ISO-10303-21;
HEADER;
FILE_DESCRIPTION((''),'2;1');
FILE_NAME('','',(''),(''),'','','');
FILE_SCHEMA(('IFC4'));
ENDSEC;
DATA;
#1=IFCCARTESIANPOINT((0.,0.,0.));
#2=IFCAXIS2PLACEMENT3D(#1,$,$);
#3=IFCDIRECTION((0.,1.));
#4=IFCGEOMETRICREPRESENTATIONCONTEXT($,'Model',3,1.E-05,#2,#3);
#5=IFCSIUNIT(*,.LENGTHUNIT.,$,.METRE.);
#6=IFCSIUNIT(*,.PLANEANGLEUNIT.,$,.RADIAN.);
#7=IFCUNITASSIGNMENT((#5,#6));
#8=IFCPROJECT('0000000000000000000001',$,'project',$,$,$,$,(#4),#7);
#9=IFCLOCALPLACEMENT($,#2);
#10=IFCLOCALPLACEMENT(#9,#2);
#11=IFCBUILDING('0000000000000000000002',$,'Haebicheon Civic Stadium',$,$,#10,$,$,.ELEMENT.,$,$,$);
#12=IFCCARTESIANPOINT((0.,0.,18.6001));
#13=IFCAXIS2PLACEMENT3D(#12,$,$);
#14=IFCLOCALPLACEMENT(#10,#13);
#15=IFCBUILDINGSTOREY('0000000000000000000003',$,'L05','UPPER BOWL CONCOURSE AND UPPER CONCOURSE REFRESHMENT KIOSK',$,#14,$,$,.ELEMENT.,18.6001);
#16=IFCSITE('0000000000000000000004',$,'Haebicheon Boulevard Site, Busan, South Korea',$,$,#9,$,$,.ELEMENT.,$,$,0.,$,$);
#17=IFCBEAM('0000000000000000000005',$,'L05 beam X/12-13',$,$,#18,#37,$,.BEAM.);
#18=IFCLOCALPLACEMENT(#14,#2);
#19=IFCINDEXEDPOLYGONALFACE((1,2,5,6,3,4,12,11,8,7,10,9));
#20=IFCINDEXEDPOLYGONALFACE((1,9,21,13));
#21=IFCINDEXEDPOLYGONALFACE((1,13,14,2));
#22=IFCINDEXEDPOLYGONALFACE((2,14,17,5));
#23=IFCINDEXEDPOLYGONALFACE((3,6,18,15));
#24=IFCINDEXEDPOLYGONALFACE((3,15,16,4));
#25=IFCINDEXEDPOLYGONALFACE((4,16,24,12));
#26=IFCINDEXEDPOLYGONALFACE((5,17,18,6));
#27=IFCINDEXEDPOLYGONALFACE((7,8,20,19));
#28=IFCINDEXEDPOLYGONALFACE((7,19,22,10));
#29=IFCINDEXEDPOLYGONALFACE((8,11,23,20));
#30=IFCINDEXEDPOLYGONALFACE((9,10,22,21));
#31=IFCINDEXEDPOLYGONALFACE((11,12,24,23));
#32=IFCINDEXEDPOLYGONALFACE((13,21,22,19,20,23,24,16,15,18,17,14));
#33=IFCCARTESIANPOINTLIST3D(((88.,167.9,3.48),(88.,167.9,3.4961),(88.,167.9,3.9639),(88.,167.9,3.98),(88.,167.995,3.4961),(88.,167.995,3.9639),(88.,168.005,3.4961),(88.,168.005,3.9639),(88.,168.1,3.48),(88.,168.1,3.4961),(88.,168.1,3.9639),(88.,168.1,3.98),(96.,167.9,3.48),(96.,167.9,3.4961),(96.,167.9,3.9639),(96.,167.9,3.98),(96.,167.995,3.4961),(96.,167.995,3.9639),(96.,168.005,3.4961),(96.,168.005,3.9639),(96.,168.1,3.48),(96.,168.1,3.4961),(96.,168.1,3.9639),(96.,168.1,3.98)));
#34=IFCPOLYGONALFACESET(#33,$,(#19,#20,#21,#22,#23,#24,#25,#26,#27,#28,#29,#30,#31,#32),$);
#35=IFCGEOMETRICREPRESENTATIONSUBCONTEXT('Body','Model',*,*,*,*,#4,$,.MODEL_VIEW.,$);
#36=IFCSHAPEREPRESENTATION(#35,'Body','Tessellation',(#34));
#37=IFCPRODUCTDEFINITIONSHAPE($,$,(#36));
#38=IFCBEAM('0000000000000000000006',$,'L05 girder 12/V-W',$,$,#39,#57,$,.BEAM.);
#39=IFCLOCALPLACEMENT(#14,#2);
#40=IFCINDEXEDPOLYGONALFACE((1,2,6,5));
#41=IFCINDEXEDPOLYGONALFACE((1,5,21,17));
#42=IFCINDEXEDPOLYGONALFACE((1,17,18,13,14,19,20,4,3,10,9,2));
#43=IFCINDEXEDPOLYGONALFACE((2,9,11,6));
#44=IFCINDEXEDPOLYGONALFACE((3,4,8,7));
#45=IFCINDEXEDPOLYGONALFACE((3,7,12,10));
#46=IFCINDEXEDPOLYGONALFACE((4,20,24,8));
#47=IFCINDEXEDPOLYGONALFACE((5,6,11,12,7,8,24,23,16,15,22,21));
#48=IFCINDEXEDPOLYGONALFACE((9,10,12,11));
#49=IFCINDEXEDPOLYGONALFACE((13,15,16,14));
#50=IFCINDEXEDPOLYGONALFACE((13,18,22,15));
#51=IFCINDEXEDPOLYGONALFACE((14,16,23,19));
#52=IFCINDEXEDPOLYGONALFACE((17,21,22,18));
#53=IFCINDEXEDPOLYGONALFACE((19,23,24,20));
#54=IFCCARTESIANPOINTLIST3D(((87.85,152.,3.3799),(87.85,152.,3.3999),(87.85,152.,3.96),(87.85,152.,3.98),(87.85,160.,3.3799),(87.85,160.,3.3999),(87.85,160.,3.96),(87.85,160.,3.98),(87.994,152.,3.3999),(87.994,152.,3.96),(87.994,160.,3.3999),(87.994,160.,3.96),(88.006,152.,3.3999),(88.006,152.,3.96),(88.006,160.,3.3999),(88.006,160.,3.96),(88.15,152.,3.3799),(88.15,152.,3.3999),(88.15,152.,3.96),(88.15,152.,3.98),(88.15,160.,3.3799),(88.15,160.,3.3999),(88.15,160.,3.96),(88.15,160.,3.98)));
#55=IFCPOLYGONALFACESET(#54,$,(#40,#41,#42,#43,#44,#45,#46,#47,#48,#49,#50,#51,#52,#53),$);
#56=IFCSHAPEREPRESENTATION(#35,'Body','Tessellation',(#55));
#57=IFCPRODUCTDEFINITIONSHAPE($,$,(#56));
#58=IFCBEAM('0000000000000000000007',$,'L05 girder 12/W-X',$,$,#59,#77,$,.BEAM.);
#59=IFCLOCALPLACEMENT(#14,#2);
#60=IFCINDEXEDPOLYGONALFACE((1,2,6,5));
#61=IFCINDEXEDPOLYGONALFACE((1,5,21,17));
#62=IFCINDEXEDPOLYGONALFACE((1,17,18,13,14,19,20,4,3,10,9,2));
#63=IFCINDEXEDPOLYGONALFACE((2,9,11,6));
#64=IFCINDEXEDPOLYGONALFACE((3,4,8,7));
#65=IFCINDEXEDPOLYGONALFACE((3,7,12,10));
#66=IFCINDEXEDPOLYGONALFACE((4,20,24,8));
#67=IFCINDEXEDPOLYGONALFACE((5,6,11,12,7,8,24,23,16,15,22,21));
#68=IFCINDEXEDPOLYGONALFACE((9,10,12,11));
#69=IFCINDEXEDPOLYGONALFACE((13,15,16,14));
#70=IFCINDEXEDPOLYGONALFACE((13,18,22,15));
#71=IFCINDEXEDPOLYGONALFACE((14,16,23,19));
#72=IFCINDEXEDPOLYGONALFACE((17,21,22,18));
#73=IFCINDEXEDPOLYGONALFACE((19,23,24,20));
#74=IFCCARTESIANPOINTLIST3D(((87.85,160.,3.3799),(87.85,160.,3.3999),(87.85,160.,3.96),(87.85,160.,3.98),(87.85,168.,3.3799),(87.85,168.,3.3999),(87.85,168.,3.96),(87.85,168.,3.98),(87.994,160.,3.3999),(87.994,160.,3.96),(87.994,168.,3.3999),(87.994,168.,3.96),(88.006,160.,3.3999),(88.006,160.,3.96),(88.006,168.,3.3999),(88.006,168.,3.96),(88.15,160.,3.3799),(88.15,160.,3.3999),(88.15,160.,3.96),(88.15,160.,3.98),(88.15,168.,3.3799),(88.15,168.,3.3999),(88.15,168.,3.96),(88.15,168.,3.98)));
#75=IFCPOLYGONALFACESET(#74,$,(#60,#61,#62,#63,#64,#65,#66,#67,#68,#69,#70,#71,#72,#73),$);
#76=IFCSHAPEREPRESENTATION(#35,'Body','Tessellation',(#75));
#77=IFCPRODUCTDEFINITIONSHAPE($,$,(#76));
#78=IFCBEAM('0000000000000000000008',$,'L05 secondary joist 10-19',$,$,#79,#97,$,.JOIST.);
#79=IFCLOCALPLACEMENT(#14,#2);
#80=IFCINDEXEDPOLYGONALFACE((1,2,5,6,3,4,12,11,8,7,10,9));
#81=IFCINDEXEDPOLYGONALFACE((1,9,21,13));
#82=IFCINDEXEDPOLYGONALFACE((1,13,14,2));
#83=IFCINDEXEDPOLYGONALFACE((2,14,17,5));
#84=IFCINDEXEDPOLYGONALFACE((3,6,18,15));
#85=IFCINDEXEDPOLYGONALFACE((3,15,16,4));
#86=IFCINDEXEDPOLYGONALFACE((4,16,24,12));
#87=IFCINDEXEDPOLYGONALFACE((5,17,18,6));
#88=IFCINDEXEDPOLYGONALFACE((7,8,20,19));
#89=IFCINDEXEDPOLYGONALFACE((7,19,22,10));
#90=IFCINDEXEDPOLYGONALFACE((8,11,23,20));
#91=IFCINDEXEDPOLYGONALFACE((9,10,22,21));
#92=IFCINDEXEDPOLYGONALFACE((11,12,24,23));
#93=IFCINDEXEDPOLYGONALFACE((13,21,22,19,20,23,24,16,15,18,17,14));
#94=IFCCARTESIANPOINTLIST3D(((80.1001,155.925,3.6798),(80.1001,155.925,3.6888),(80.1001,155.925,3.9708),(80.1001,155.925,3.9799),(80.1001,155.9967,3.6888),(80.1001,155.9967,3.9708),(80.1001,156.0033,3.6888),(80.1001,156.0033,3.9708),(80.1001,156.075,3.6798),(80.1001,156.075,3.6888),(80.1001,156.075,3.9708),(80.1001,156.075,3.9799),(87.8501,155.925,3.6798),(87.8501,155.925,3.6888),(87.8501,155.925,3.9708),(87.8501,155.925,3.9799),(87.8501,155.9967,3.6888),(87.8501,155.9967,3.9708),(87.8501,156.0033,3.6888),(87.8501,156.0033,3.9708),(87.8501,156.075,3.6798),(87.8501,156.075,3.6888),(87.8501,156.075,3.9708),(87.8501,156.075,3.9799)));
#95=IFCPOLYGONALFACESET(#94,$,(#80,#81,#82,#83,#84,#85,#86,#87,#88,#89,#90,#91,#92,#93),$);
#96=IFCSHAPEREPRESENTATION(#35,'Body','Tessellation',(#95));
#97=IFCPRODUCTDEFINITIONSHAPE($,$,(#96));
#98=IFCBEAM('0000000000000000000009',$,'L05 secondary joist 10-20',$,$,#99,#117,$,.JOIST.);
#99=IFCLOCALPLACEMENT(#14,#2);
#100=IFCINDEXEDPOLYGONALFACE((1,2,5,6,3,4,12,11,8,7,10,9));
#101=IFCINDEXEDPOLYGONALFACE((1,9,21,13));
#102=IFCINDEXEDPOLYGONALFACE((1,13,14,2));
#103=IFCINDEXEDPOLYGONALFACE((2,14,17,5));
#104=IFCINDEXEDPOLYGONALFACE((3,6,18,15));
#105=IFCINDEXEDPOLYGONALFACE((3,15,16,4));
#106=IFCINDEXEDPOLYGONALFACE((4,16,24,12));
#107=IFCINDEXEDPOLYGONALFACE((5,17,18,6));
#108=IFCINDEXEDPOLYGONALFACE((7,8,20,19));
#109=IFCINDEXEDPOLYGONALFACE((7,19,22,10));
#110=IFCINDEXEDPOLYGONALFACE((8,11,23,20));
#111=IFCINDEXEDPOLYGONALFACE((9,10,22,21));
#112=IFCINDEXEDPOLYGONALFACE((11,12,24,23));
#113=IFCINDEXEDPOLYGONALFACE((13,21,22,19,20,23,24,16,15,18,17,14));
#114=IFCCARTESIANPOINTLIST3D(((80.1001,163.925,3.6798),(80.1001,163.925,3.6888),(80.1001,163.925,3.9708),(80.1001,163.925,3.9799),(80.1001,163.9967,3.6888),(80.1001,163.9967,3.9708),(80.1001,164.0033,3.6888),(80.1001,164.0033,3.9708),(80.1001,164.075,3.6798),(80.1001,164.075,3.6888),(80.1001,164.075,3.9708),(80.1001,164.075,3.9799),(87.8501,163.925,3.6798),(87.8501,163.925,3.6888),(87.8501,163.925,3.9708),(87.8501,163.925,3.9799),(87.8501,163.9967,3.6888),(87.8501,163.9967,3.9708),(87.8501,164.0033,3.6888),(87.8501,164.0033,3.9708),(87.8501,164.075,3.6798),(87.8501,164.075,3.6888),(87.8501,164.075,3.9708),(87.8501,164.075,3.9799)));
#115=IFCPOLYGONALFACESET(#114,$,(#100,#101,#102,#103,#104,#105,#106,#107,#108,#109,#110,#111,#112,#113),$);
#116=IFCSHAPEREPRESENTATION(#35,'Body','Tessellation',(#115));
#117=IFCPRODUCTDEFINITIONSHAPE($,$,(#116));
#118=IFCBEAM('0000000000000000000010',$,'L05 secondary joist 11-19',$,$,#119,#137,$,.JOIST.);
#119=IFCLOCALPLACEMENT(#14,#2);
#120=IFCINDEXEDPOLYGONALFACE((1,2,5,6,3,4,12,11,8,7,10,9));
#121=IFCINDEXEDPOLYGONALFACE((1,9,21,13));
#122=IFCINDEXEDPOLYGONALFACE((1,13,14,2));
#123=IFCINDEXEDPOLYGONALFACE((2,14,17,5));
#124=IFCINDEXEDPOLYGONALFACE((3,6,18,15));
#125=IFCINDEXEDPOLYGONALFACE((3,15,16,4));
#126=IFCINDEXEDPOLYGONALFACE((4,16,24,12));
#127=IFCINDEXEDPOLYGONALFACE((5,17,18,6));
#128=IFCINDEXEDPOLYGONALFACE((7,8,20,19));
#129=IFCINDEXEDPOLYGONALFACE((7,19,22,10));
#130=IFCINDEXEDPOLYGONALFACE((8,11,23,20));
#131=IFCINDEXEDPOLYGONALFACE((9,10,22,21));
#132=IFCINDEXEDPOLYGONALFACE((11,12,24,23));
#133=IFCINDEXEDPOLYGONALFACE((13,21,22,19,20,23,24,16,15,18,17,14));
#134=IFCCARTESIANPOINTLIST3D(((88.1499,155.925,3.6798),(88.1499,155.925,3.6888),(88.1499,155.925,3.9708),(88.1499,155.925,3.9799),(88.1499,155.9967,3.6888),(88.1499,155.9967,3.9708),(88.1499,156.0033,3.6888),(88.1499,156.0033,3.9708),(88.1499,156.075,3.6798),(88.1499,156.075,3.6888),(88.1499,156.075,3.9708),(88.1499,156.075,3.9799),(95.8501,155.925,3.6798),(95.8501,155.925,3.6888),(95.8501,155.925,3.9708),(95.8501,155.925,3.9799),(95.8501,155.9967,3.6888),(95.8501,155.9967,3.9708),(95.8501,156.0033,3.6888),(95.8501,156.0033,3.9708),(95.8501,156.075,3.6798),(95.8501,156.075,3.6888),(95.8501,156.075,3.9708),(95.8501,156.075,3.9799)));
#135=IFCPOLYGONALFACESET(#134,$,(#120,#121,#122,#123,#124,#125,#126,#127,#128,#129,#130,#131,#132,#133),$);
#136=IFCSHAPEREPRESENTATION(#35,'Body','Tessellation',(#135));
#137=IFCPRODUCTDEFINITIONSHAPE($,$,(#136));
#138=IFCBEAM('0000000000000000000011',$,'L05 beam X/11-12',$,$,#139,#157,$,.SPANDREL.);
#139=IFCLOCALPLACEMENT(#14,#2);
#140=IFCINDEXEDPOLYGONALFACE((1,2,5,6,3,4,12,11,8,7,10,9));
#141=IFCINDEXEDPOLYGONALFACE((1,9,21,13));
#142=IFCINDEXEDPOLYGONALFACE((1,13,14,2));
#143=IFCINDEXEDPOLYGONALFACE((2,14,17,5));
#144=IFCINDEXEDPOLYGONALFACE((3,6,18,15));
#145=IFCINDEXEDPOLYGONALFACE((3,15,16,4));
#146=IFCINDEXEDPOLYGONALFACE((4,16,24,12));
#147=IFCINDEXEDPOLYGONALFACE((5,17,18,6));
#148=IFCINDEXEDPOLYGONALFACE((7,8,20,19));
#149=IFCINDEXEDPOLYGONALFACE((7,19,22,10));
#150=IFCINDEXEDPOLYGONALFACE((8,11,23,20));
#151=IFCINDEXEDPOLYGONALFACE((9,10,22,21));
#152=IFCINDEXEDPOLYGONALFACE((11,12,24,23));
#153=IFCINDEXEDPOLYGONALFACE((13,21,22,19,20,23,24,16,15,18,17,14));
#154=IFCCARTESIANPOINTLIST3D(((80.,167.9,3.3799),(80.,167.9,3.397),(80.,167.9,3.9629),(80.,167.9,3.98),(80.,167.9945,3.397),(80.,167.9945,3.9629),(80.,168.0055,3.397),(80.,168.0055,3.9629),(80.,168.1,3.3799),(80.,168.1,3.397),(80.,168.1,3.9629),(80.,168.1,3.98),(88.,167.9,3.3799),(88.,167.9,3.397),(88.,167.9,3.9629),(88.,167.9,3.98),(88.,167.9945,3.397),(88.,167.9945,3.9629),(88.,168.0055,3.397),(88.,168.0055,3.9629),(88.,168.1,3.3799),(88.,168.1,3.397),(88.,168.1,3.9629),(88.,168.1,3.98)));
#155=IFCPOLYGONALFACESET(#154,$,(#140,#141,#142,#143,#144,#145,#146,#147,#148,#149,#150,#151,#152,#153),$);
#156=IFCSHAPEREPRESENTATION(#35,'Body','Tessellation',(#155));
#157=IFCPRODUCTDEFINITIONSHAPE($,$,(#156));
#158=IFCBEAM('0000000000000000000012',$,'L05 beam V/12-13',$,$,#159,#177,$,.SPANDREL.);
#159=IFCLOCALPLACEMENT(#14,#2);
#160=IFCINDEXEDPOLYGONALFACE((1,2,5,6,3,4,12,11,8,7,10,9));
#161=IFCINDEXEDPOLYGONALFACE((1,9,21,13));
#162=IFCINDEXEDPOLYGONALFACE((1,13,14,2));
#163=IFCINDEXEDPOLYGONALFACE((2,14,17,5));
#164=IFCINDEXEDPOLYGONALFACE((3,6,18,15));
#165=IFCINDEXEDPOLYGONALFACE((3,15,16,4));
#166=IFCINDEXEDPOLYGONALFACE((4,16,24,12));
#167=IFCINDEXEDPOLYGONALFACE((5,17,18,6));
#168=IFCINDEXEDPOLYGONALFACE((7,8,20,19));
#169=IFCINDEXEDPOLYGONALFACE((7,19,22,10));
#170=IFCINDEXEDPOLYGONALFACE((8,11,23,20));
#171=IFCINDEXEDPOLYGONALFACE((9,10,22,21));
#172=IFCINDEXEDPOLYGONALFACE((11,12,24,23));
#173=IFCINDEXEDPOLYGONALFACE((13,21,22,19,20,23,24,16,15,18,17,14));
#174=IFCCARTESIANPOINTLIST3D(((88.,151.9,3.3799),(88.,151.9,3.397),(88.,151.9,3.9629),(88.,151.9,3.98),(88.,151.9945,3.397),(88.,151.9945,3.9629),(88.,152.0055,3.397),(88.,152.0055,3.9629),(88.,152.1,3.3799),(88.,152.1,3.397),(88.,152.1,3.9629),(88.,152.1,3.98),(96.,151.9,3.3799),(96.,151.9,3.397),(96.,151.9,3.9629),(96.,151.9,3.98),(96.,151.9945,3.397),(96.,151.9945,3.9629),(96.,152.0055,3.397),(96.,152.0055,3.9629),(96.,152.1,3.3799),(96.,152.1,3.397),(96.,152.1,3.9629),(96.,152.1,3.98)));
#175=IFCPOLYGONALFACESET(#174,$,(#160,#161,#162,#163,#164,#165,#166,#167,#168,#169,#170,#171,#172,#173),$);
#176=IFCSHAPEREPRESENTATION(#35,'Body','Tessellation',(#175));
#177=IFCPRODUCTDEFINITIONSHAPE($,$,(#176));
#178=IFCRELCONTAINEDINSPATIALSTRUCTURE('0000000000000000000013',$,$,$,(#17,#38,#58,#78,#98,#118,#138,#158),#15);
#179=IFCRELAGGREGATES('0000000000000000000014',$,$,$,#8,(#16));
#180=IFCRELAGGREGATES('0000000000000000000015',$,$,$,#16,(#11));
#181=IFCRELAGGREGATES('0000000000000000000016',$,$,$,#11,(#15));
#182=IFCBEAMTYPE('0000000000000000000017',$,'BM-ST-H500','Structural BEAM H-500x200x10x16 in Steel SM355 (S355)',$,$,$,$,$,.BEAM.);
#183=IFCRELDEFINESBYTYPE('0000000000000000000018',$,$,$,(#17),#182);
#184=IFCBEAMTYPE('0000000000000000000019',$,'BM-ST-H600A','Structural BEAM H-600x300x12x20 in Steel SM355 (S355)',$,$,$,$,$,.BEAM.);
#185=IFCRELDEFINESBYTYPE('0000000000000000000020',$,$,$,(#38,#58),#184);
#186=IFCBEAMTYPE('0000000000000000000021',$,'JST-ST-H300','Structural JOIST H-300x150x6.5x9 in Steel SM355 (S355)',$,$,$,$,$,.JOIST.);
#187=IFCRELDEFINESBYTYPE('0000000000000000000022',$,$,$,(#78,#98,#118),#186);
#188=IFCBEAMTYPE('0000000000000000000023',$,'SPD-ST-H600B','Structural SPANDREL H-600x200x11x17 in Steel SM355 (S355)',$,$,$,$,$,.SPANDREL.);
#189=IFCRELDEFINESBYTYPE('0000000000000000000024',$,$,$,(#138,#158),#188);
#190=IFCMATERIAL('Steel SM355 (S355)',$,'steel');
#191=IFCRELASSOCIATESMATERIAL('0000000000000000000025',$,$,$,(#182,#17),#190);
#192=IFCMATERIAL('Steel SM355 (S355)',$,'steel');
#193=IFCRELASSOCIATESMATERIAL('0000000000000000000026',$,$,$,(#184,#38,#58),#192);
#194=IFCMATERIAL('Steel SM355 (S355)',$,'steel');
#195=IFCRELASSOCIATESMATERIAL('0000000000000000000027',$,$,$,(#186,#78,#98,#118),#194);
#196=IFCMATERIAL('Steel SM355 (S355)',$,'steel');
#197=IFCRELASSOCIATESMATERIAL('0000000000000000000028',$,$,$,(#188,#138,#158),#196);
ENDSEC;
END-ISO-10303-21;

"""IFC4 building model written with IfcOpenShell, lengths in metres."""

from ifc_helpers import new_model, si_unit, direction, frame, origin, origin_2d, place, context, subcontext, project, spatial, i_section, extrude, material, material_profile, profile_set, type_object, element, save


model = new_model("IFC4")

# Units and contexts
model_context = context("Model", 3, precision=1e-05, world=origin(), true_north=direction((0.0, 1.0)))
body_context = subcontext(model_context, "Body", "Model", "MODEL_VIEW")
ifc_project = project(units=[si_unit("LENGTHUNIT", "METRE"), si_unit("PLANEANGLEUNIT", "RADIAN")], contexts=[model_context])

# Site, building, storey
site_placement = place(None, origin())
site = spatial("IfcSite", under=ifc_project, at=site_placement, Name="Haebicheon Boulevard Site, Busan, South Korea", CompositionType="ELEMENT", RefElevation=0.0)
building_placement = place(site_placement, origin())
building = spatial("IfcBuilding", under=site, at=building_placement, Name="Haebicheon Civic Stadium", CompositionType="ELEMENT")
storey_placement = place(building_placement, frame((0.0, 0.0, 18.6001)))
storey = spatial("IfcBuildingStorey", under=building, at=storey_placement, Name="L05", Description="UPPER BOWL CONCOURSE AND UPPER CONCOURSE REFRESHMENT KIOSK", CompositionType="ELEMENT", Elevation=18.6001)

# Beams
ifc_material_1 = material(Name="Steel SM355 (S355)", Category="steel")
ifc_material_profile_1 = material_profile(ifc_material_1, i_section(OverallWidth=0.2, OverallDepth=0.5, WebThickness=0.01, FlangeThickness=0.0161, at=origin_2d()), Name="H-500x200x10x16")
ifc_profile_set_1 = profile_set([ifc_material_profile_1], Name="Steel SM355 (S355)")
beam_type_1 = type_object("IfcBeamType", Name="BM-ST-H500", Description="Structural BEAM H-500x200x10x16 in Steel SM355 (S355)", PredefinedType="BEAM", material=ifc_profile_set_1)
for number, where, z_axis, x_axis, name in (
    (1, (88.0, 168.0, 3.73), (1.0, 0.0, 0.0), (0.0, 1.0, 0.0), "L05 beam X/12-13"),
):
    element("IfcBeam", number, at=place(storey_placement, frame(where, z_axis=z_axis, x_axis=x_axis)), inside=storey, type_object=beam_type_1, material=ifc_profile_set_1, Name=name, PredefinedType="BEAM", context=body_context, shape_type="SweptSolid", body=[
        extrude(i_section(OverallWidth=0.2, OverallDepth=0.5, WebThickness=0.01, FlangeThickness=0.0161, at=origin_2d()), origin(), (0.0, 0.0, 1.0), 8.0),
    ])
ifc_material_2 = material(Name="Steel SM355 (S355)", Category="steel")
ifc_material_profile_2 = material_profile(ifc_material_2, i_section(OverallWidth=0.3, OverallDepth=0.6001, WebThickness=0.012, FlangeThickness=0.02, at=origin_2d()), Name="H-600x300x12x20")
ifc_profile_set_2 = profile_set([ifc_material_profile_2], Name="Steel SM355 (S355)")
beam_type_2 = type_object("IfcBeamType", Name="BM-ST-H600A", Description="Structural BEAM H-600x300x12x20 in Steel SM355 (S355)", PredefinedType="BEAM", material=ifc_profile_set_2)
for number, where, z_axis, x_axis, name in (
    (2, (88.0, 152.0, 3.6799), (0.0, 1.0, 0.0), (-1.0, 0.0, 0.0), "L05 girder 12/V-W"),
    (3, (88.0, 160.0, 3.6799), (0.0, 1.0, 0.0), (-1.0, 0.0, 0.0), "L05 girder 12/W-X"),
):
    element("IfcBeam", number, at=place(storey_placement, frame(where, z_axis=z_axis, x_axis=x_axis)), inside=storey, type_object=beam_type_2, material=ifc_profile_set_2, Name=name, PredefinedType="BEAM", context=body_context, shape_type="SweptSolid", body=[
        extrude(i_section(OverallWidth=0.3, OverallDepth=0.6001, WebThickness=0.012, FlangeThickness=0.02, at=origin_2d()), origin(), (0.0, 0.0, 1.0), 8.0),
    ])
ifc_material_3 = material(Name="Steel SM355 (S355)", Category="steel")
ifc_material_profile_3 = material_profile(ifc_material_3, i_section(OverallWidth=0.1499, OverallDepth=0.3, WebThickness=0.0066, FlangeThickness=0.009, at=origin_2d()), Name="H-300x150x6.5x9")
ifc_profile_set_3 = profile_set([ifc_material_profile_3], Name="Steel SM355 (S355)")
beam_type_3 = type_object("IfcBeamType", Name="JST-ST-H300", Description="Structural JOIST H-300x150x6.5x9 in Steel SM355 (S355)", PredefinedType="JOIST", material=ifc_profile_set_3)
for number, where, z_axis, x_axis, name in (
    (4, (80.1001, 156.0, 3.8298), (1.0, 0.0, 0.0), (0.0, 1.0, 0.0), "L05 secondary joist 10-19"),
    (5, (80.1001, 164.0, 3.8298), (1.0, 0.0, 0.0), (0.0, 1.0, 0.0), "L05 secondary joist 10-20"),
):
    element("IfcBeam", number, at=place(storey_placement, frame(where, z_axis=z_axis, x_axis=x_axis)), inside=storey, type_object=beam_type_3, material=ifc_profile_set_3, Name=name, PredefinedType="JOIST", context=body_context, shape_type="SweptSolid", body=[
        extrude(i_section(OverallWidth=0.1499, OverallDepth=0.3, WebThickness=0.0066, FlangeThickness=0.009, at=origin_2d()), origin(), (0.0, 0.0, 1.0), 7.75),
    ])
beam_placement = place(storey_placement, frame((88.1499, 156.0, 3.8298), z_axis=(1.0, 0.0, 0.0), x_axis=(0.0, 1.0, 0.0)))
element("IfcBeam", 6, at=beam_placement, inside=storey, type_object=beam_type_3, material=ifc_profile_set_3, Name="L05 secondary joist 11-19", PredefinedType="JOIST", context=body_context, shape_type="SweptSolid", body=[
    extrude(i_section(OverallWidth=0.1499, OverallDepth=0.3, WebThickness=0.0066, FlangeThickness=0.009, at=origin_2d()), origin(), (0.0, 0.0, 1.0), 7.7002),
])
ifc_material_4 = material(Name="Steel SM355 (S355)", Category="steel")
ifc_material_profile_4 = material_profile(ifc_material_4, i_section(OverallWidth=0.2, OverallDepth=0.6001, WebThickness=0.011, FlangeThickness=0.0171, at=origin_2d()), Name="H-600x200x11x17")
ifc_profile_set_4 = profile_set([ifc_material_profile_4], Name="Steel SM355 (S355)")
beam_type_4 = type_object("IfcBeamType", Name="SPD-ST-H600B", Description="Structural SPANDREL H-600x200x11x17 in Steel SM355 (S355)", PredefinedType="SPANDREL", material=ifc_profile_set_4)
for number, where, z_axis, x_axis, name in (
    (7, (80.0, 168.0, 3.6799), (1.0, 0.0, 0.0), (0.0, 1.0, 0.0), "L05 beam X/11-12"),
    (8, (88.0, 152.0, 3.6799), (1.0, 0.0, 0.0), (0.0, 1.0, 0.0), "L05 beam V/12-13"),
):
    element("IfcBeam", number, at=place(storey_placement, frame(where, z_axis=z_axis, x_axis=x_axis)), inside=storey, type_object=beam_type_4, material=ifc_profile_set_4, Name=name, PredefinedType="SPANDREL", context=body_context, shape_type="SweptSolid", body=[
        extrude(i_section(OverallWidth=0.2, OverallDepth=0.6001, WebThickness=0.011, FlangeThickness=0.0171, at=origin_2d()), origin(), (0.0, 0.0, 1.0), 8.0),
    ])

save(model, "model.ifc")
